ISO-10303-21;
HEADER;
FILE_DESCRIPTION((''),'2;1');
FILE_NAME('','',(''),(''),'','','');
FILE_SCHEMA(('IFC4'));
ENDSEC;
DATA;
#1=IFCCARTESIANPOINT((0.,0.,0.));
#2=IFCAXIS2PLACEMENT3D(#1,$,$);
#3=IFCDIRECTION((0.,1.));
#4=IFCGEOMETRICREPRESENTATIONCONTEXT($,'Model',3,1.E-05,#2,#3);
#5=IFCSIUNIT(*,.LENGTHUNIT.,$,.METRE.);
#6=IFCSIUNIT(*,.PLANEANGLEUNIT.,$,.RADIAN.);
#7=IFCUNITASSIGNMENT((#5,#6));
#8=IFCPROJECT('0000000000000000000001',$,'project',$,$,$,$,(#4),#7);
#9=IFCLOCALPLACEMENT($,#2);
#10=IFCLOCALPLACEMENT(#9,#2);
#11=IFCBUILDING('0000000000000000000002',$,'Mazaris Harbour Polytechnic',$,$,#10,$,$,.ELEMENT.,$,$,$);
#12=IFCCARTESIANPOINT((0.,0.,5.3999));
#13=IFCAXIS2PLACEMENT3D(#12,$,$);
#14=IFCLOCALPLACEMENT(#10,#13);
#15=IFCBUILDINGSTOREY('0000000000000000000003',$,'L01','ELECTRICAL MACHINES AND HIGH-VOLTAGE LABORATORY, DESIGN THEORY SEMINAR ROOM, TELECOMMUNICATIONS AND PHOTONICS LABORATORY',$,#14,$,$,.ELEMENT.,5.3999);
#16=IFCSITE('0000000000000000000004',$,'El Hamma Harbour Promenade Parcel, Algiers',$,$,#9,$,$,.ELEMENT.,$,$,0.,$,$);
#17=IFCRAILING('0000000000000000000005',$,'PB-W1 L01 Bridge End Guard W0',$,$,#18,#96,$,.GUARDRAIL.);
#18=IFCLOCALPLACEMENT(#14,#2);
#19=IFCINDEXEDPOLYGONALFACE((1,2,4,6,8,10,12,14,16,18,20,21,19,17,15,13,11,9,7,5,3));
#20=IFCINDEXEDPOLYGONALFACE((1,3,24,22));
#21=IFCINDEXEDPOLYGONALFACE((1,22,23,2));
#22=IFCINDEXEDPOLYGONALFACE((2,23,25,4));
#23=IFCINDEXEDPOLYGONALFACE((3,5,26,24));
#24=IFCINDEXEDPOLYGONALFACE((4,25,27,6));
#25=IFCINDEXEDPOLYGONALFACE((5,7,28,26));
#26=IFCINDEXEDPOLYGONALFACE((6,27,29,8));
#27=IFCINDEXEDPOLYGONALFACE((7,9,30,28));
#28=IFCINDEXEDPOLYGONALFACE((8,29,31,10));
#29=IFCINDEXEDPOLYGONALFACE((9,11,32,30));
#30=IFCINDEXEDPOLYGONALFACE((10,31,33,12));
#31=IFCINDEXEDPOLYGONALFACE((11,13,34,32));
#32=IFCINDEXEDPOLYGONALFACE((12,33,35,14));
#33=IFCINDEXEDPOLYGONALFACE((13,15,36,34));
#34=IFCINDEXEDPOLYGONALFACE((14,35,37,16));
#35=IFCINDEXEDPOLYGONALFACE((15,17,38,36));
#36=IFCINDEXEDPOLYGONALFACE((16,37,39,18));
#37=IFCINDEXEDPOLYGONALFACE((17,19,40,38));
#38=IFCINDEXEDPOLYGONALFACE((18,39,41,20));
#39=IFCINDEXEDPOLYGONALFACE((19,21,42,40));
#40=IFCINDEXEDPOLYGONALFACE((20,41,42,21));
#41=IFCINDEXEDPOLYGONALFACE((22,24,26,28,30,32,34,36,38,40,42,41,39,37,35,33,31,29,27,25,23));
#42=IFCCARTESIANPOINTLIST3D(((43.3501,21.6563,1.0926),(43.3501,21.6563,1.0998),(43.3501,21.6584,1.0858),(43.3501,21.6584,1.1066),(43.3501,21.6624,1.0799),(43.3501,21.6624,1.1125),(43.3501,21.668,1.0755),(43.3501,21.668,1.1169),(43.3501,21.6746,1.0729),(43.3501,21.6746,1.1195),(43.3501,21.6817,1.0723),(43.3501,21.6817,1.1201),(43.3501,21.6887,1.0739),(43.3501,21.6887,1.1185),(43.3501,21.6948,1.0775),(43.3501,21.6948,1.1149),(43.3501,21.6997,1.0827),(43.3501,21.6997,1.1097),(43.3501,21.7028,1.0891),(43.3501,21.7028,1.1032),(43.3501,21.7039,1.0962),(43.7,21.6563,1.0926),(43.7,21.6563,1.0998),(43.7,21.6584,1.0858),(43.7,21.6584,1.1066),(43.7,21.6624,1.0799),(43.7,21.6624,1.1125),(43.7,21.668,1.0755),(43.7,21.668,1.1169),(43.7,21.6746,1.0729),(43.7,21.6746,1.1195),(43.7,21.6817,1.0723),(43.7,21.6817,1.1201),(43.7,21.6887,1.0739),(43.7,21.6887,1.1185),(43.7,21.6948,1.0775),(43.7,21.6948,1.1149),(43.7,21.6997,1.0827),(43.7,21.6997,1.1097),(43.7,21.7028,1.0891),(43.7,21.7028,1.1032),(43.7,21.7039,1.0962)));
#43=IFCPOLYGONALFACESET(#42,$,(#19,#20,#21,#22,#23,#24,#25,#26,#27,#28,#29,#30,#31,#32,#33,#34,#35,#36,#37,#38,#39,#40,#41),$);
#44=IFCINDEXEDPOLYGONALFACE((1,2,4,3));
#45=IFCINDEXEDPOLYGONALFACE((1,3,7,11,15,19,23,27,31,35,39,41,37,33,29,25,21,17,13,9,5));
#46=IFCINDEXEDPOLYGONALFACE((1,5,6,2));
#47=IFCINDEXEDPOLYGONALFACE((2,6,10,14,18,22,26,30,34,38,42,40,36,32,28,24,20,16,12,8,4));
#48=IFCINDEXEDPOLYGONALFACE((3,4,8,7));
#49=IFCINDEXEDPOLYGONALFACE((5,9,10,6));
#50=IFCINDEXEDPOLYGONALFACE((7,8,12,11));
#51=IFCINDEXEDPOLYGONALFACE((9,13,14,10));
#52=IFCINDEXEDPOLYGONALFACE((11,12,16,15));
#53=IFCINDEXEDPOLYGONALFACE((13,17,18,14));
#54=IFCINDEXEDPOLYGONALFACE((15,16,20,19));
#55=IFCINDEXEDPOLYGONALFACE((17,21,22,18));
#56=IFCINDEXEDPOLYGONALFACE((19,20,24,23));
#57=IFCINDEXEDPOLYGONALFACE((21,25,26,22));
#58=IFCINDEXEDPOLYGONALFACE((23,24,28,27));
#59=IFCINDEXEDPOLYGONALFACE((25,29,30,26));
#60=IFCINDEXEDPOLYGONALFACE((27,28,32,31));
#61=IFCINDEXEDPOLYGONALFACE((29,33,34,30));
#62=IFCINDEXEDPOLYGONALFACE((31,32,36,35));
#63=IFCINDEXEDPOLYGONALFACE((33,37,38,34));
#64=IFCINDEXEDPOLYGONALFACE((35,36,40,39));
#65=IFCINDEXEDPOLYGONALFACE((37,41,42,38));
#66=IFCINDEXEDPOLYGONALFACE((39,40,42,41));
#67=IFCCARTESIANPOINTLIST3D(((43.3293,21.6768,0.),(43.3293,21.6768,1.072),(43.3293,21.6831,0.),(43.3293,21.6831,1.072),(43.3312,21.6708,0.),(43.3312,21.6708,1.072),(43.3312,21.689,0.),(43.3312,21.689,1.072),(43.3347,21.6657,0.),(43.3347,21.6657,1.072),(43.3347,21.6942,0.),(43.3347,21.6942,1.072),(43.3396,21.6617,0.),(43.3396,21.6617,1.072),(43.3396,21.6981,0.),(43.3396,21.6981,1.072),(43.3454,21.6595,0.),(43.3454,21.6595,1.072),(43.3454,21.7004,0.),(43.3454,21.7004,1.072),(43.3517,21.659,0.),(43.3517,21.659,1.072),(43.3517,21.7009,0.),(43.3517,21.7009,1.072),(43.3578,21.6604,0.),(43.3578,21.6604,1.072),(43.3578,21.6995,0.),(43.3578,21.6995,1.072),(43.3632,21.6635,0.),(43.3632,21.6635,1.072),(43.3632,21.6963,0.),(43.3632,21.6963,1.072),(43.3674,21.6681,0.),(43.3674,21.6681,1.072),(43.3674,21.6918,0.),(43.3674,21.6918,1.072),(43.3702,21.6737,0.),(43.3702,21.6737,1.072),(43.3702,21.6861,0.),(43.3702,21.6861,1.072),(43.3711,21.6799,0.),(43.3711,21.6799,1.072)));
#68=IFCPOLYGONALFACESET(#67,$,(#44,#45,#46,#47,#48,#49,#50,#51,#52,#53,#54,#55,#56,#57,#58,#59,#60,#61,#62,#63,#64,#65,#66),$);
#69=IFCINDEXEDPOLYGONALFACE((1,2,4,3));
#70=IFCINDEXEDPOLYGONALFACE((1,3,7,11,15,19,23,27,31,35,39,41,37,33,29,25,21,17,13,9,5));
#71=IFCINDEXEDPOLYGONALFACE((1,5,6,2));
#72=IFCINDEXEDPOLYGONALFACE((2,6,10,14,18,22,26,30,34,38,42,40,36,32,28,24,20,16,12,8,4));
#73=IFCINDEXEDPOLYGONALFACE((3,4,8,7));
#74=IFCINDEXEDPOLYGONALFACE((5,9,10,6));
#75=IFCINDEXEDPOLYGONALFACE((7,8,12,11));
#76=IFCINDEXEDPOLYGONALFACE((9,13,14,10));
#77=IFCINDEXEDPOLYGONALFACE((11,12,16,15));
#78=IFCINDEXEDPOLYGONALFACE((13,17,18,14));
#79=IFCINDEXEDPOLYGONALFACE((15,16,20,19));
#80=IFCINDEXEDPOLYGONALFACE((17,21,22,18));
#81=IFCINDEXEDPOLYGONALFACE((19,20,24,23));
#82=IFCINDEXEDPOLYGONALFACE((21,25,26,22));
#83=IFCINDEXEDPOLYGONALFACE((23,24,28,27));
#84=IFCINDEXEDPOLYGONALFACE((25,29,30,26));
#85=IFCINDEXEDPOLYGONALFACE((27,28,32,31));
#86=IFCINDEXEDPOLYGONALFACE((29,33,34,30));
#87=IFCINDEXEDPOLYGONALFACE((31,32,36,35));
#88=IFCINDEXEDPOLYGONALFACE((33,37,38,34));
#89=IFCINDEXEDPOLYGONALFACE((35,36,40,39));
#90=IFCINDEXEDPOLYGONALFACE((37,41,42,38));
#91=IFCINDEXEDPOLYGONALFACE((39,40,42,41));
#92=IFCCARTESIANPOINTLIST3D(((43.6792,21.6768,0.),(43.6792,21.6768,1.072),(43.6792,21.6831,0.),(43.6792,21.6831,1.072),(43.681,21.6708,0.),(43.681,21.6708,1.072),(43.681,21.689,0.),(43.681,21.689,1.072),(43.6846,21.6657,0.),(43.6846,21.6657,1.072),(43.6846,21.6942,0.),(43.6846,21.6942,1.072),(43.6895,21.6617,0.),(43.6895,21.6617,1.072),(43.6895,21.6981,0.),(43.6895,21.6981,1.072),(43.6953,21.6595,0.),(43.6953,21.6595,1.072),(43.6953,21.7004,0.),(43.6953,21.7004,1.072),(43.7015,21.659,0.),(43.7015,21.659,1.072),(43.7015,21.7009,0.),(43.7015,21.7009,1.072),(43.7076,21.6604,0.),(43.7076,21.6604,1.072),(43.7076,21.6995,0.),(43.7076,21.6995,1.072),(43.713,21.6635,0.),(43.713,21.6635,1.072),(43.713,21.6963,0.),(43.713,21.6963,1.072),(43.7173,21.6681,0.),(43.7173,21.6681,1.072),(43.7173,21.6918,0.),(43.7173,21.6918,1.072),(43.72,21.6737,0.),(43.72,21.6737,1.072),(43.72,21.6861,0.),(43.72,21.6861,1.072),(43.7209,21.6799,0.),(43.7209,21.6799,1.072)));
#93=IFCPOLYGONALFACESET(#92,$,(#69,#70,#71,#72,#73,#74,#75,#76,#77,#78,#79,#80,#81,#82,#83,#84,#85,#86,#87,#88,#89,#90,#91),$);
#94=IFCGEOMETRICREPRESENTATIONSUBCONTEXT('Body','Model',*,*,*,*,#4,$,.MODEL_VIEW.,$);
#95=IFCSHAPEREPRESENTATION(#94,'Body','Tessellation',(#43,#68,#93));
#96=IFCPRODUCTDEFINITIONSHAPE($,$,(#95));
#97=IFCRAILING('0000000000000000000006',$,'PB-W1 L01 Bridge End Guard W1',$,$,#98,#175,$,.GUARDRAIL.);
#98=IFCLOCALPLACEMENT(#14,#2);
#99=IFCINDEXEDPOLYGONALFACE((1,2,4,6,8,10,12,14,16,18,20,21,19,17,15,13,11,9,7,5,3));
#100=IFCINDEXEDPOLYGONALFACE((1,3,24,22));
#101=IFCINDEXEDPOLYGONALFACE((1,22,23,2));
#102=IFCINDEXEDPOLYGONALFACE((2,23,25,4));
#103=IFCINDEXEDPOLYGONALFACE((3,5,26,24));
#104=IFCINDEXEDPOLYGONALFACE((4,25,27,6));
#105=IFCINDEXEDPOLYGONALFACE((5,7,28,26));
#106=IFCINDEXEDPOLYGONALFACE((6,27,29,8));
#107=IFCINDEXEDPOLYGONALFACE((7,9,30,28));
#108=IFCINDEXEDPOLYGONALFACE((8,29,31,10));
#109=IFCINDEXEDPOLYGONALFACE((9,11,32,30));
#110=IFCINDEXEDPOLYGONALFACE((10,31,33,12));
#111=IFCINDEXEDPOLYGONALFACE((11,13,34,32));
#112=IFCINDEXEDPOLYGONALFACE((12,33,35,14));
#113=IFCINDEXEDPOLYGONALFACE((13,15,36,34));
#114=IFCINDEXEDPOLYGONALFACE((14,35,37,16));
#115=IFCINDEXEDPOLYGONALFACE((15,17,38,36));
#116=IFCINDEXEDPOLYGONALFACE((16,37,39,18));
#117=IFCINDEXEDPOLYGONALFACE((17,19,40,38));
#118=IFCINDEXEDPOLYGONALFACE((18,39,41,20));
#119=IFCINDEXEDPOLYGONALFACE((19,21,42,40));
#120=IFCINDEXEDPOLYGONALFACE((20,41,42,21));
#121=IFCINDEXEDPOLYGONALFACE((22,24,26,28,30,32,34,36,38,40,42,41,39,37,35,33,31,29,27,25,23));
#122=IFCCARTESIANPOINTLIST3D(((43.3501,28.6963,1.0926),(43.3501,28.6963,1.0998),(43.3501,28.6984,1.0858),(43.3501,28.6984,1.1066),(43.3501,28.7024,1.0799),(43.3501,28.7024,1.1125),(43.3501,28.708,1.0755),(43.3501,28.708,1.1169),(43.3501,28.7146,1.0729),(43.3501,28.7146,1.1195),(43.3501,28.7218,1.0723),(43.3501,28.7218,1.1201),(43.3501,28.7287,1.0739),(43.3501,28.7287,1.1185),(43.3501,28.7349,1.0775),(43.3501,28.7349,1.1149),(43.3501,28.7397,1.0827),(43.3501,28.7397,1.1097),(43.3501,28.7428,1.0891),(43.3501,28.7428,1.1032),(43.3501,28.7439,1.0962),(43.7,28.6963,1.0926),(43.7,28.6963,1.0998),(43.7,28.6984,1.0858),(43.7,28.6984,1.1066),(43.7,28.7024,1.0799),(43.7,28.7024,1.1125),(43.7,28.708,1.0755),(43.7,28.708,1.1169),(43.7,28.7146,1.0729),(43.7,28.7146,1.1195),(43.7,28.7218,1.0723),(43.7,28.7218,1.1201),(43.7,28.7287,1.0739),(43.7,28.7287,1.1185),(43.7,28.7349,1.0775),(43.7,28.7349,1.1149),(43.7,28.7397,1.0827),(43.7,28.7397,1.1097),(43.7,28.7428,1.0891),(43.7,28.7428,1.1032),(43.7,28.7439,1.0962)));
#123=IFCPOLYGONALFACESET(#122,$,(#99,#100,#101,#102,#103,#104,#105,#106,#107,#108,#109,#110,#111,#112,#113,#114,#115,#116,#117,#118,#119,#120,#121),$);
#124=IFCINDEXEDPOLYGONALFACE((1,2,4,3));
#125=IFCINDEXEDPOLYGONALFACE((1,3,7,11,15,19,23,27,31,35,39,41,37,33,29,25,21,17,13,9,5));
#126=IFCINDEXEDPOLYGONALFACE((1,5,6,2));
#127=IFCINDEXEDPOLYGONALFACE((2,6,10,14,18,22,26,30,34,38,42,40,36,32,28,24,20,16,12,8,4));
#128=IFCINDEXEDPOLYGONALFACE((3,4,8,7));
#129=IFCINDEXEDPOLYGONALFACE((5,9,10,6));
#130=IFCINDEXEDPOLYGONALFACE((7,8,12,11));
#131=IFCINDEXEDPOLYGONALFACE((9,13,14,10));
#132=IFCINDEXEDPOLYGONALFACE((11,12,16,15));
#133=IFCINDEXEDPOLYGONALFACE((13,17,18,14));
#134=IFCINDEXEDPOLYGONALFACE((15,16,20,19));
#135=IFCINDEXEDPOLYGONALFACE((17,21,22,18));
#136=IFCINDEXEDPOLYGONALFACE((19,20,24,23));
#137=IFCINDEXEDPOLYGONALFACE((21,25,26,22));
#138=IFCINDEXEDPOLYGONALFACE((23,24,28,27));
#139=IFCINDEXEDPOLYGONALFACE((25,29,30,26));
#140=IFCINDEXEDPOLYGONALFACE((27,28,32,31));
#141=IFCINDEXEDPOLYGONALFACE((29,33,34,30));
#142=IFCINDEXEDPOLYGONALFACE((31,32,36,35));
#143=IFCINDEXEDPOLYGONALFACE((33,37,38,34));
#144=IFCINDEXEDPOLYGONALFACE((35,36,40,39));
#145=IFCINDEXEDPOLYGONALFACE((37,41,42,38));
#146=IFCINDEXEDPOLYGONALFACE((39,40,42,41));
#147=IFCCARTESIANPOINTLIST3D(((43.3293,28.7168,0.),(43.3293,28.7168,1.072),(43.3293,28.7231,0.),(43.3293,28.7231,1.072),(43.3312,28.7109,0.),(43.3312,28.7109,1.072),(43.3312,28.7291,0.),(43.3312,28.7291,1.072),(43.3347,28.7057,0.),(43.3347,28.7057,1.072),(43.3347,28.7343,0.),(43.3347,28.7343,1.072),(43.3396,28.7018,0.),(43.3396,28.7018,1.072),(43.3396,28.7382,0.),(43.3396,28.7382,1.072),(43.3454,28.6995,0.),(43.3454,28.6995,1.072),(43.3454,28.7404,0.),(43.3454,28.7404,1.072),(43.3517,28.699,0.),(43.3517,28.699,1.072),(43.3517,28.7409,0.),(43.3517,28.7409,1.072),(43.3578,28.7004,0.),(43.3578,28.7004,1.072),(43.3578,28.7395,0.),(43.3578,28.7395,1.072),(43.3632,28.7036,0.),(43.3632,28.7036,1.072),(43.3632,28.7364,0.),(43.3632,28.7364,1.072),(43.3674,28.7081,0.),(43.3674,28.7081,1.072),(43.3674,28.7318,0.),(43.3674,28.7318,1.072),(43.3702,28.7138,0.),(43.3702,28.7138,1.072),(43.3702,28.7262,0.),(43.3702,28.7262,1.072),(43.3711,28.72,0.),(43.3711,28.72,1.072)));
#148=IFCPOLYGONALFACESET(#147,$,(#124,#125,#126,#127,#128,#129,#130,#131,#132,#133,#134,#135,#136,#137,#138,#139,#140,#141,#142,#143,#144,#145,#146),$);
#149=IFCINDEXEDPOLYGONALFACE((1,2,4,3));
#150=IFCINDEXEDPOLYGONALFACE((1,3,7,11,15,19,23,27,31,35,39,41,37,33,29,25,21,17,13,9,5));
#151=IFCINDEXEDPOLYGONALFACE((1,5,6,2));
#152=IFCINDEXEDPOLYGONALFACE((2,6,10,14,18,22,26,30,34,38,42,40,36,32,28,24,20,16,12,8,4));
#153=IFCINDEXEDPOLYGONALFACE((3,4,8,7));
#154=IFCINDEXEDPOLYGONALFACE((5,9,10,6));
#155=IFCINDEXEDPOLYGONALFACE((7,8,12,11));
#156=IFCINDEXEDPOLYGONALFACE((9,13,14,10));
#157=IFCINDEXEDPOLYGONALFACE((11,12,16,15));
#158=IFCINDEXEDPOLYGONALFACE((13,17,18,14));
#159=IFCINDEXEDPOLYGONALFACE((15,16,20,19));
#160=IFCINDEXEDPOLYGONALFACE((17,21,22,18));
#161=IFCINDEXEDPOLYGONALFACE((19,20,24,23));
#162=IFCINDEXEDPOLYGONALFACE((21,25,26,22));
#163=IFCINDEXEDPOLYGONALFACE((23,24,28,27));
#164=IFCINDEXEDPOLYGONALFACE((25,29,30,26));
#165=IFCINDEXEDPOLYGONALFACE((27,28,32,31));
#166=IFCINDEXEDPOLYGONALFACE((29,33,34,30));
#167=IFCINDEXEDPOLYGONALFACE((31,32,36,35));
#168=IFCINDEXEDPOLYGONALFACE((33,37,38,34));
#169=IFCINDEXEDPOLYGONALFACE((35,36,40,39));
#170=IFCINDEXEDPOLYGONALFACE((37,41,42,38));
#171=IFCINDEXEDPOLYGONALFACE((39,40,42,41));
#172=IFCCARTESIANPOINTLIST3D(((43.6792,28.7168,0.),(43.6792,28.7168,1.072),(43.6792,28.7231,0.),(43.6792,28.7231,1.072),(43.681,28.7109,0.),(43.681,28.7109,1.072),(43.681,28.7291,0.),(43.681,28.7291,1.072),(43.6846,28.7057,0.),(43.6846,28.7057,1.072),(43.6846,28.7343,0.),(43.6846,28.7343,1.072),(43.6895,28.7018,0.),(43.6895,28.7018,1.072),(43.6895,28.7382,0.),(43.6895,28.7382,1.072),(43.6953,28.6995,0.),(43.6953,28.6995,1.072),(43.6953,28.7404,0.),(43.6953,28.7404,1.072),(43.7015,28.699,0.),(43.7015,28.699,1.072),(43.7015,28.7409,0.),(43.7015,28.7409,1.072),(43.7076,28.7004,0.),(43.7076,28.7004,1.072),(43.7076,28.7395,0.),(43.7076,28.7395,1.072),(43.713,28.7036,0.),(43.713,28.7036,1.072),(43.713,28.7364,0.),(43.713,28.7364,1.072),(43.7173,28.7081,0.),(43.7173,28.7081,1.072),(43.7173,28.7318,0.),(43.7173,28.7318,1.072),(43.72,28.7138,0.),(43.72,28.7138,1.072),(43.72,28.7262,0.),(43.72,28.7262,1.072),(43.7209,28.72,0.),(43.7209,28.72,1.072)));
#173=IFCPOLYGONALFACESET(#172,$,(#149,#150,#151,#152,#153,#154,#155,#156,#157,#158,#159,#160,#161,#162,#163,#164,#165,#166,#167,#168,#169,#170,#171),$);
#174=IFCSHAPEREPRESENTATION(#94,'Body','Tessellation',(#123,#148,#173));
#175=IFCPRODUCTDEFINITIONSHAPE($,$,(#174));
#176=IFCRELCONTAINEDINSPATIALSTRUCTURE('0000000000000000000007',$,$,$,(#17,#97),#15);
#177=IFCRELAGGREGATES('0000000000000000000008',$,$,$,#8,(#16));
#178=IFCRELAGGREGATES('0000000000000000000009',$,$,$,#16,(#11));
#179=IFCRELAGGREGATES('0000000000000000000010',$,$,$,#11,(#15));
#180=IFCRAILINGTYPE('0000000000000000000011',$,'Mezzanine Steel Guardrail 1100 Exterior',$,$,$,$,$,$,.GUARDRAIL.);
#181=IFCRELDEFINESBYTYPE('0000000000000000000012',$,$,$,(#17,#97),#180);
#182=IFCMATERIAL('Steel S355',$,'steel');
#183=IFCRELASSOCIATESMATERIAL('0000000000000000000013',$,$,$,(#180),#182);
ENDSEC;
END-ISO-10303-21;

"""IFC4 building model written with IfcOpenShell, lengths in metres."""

from ifc_helpers import new_model, si_unit, direction, frame, origin, origin_2d, place, context, subcontext, project, spatial, circle, extrude, material, type_object, element, save


model = new_model("IFC4")

# Units and contexts
model_context = context("Model", 3, precision=1e-05, world=origin(), true_north=direction((0.0, 1.0)))
body_context = subcontext(model_context, "Body", "Model", "MODEL_VIEW")
ifc_project = project(units=[si_unit("LENGTHUNIT", "METRE"), si_unit("PLANEANGLEUNIT", "RADIAN")], contexts=[model_context])

# Site, building, storey
site_placement = place(None, origin())
site = spatial("IfcSite", under=ifc_project, at=site_placement, Name="El Hamma Harbour Promenade Parcel, Algiers", CompositionType="ELEMENT", RefElevation=0.0)
building_placement = place(site_placement, origin())
building = spatial("IfcBuilding", under=site, at=building_placement, Name="Mazaris Harbour Polytechnic", CompositionType="ELEMENT")
storey_placement = place(building_placement, frame((0.0, 0.0, 5.3999)))
storey = spatial("IfcBuildingStorey", under=building, at=storey_placement, Name="L01", Description="ELECTRICAL MACHINES AND HIGH-VOLTAGE LABORATORY, DESIGN THEORY SEMINAR ROOM, TELECOMMUNICATIONS AND PHOTONICS LABORATORY", CompositionType="ELEMENT", Elevation=5.3999)

# Railings
ifc_material_1 = material(Name="Steel S355", Category="steel")
railing_type = type_object("IfcRailingType", Name="Mezzanine Steel Guardrail 1100 Exterior", PredefinedType="GUARDRAIL", material=ifc_material_1)
for number, where, name in (
    (1, (43.3501, 21.6799, 0.0), "PB-W1 L01 Bridge End Guard W0"),
    (2, (43.3501, 28.72, 0.0), "PB-W1 L01 Bridge End Guard W1"),
):
    element("IfcRailing", number, at=place(storey_placement, frame(where)), inside=storey, type_object=railing_type, Name=name, PredefinedType="GUARDRAIL", context=body_context, shape_type="SweptSolid", body=[
        extrude(circle(Radius=0.0239, at=origin_2d()), frame((0.0, 0.0, 1.0962), z_axis=(1.0, 0.0, 0.0), x_axis=(0.0, 1.0, 0.0)), (0.0, 0.0, 1.0), 0.3499),
        extrude(circle(Radius=0.021, at=origin_2d()), origin(), (0.0, 0.0, 1.0), 1.072),
        extrude(circle(Radius=0.021, at=origin_2d()), frame((0.3499, 0.0, 0.0)), (0.0, 0.0, 1.0), 1.072),
    ])

save(model, "model.ifc")
